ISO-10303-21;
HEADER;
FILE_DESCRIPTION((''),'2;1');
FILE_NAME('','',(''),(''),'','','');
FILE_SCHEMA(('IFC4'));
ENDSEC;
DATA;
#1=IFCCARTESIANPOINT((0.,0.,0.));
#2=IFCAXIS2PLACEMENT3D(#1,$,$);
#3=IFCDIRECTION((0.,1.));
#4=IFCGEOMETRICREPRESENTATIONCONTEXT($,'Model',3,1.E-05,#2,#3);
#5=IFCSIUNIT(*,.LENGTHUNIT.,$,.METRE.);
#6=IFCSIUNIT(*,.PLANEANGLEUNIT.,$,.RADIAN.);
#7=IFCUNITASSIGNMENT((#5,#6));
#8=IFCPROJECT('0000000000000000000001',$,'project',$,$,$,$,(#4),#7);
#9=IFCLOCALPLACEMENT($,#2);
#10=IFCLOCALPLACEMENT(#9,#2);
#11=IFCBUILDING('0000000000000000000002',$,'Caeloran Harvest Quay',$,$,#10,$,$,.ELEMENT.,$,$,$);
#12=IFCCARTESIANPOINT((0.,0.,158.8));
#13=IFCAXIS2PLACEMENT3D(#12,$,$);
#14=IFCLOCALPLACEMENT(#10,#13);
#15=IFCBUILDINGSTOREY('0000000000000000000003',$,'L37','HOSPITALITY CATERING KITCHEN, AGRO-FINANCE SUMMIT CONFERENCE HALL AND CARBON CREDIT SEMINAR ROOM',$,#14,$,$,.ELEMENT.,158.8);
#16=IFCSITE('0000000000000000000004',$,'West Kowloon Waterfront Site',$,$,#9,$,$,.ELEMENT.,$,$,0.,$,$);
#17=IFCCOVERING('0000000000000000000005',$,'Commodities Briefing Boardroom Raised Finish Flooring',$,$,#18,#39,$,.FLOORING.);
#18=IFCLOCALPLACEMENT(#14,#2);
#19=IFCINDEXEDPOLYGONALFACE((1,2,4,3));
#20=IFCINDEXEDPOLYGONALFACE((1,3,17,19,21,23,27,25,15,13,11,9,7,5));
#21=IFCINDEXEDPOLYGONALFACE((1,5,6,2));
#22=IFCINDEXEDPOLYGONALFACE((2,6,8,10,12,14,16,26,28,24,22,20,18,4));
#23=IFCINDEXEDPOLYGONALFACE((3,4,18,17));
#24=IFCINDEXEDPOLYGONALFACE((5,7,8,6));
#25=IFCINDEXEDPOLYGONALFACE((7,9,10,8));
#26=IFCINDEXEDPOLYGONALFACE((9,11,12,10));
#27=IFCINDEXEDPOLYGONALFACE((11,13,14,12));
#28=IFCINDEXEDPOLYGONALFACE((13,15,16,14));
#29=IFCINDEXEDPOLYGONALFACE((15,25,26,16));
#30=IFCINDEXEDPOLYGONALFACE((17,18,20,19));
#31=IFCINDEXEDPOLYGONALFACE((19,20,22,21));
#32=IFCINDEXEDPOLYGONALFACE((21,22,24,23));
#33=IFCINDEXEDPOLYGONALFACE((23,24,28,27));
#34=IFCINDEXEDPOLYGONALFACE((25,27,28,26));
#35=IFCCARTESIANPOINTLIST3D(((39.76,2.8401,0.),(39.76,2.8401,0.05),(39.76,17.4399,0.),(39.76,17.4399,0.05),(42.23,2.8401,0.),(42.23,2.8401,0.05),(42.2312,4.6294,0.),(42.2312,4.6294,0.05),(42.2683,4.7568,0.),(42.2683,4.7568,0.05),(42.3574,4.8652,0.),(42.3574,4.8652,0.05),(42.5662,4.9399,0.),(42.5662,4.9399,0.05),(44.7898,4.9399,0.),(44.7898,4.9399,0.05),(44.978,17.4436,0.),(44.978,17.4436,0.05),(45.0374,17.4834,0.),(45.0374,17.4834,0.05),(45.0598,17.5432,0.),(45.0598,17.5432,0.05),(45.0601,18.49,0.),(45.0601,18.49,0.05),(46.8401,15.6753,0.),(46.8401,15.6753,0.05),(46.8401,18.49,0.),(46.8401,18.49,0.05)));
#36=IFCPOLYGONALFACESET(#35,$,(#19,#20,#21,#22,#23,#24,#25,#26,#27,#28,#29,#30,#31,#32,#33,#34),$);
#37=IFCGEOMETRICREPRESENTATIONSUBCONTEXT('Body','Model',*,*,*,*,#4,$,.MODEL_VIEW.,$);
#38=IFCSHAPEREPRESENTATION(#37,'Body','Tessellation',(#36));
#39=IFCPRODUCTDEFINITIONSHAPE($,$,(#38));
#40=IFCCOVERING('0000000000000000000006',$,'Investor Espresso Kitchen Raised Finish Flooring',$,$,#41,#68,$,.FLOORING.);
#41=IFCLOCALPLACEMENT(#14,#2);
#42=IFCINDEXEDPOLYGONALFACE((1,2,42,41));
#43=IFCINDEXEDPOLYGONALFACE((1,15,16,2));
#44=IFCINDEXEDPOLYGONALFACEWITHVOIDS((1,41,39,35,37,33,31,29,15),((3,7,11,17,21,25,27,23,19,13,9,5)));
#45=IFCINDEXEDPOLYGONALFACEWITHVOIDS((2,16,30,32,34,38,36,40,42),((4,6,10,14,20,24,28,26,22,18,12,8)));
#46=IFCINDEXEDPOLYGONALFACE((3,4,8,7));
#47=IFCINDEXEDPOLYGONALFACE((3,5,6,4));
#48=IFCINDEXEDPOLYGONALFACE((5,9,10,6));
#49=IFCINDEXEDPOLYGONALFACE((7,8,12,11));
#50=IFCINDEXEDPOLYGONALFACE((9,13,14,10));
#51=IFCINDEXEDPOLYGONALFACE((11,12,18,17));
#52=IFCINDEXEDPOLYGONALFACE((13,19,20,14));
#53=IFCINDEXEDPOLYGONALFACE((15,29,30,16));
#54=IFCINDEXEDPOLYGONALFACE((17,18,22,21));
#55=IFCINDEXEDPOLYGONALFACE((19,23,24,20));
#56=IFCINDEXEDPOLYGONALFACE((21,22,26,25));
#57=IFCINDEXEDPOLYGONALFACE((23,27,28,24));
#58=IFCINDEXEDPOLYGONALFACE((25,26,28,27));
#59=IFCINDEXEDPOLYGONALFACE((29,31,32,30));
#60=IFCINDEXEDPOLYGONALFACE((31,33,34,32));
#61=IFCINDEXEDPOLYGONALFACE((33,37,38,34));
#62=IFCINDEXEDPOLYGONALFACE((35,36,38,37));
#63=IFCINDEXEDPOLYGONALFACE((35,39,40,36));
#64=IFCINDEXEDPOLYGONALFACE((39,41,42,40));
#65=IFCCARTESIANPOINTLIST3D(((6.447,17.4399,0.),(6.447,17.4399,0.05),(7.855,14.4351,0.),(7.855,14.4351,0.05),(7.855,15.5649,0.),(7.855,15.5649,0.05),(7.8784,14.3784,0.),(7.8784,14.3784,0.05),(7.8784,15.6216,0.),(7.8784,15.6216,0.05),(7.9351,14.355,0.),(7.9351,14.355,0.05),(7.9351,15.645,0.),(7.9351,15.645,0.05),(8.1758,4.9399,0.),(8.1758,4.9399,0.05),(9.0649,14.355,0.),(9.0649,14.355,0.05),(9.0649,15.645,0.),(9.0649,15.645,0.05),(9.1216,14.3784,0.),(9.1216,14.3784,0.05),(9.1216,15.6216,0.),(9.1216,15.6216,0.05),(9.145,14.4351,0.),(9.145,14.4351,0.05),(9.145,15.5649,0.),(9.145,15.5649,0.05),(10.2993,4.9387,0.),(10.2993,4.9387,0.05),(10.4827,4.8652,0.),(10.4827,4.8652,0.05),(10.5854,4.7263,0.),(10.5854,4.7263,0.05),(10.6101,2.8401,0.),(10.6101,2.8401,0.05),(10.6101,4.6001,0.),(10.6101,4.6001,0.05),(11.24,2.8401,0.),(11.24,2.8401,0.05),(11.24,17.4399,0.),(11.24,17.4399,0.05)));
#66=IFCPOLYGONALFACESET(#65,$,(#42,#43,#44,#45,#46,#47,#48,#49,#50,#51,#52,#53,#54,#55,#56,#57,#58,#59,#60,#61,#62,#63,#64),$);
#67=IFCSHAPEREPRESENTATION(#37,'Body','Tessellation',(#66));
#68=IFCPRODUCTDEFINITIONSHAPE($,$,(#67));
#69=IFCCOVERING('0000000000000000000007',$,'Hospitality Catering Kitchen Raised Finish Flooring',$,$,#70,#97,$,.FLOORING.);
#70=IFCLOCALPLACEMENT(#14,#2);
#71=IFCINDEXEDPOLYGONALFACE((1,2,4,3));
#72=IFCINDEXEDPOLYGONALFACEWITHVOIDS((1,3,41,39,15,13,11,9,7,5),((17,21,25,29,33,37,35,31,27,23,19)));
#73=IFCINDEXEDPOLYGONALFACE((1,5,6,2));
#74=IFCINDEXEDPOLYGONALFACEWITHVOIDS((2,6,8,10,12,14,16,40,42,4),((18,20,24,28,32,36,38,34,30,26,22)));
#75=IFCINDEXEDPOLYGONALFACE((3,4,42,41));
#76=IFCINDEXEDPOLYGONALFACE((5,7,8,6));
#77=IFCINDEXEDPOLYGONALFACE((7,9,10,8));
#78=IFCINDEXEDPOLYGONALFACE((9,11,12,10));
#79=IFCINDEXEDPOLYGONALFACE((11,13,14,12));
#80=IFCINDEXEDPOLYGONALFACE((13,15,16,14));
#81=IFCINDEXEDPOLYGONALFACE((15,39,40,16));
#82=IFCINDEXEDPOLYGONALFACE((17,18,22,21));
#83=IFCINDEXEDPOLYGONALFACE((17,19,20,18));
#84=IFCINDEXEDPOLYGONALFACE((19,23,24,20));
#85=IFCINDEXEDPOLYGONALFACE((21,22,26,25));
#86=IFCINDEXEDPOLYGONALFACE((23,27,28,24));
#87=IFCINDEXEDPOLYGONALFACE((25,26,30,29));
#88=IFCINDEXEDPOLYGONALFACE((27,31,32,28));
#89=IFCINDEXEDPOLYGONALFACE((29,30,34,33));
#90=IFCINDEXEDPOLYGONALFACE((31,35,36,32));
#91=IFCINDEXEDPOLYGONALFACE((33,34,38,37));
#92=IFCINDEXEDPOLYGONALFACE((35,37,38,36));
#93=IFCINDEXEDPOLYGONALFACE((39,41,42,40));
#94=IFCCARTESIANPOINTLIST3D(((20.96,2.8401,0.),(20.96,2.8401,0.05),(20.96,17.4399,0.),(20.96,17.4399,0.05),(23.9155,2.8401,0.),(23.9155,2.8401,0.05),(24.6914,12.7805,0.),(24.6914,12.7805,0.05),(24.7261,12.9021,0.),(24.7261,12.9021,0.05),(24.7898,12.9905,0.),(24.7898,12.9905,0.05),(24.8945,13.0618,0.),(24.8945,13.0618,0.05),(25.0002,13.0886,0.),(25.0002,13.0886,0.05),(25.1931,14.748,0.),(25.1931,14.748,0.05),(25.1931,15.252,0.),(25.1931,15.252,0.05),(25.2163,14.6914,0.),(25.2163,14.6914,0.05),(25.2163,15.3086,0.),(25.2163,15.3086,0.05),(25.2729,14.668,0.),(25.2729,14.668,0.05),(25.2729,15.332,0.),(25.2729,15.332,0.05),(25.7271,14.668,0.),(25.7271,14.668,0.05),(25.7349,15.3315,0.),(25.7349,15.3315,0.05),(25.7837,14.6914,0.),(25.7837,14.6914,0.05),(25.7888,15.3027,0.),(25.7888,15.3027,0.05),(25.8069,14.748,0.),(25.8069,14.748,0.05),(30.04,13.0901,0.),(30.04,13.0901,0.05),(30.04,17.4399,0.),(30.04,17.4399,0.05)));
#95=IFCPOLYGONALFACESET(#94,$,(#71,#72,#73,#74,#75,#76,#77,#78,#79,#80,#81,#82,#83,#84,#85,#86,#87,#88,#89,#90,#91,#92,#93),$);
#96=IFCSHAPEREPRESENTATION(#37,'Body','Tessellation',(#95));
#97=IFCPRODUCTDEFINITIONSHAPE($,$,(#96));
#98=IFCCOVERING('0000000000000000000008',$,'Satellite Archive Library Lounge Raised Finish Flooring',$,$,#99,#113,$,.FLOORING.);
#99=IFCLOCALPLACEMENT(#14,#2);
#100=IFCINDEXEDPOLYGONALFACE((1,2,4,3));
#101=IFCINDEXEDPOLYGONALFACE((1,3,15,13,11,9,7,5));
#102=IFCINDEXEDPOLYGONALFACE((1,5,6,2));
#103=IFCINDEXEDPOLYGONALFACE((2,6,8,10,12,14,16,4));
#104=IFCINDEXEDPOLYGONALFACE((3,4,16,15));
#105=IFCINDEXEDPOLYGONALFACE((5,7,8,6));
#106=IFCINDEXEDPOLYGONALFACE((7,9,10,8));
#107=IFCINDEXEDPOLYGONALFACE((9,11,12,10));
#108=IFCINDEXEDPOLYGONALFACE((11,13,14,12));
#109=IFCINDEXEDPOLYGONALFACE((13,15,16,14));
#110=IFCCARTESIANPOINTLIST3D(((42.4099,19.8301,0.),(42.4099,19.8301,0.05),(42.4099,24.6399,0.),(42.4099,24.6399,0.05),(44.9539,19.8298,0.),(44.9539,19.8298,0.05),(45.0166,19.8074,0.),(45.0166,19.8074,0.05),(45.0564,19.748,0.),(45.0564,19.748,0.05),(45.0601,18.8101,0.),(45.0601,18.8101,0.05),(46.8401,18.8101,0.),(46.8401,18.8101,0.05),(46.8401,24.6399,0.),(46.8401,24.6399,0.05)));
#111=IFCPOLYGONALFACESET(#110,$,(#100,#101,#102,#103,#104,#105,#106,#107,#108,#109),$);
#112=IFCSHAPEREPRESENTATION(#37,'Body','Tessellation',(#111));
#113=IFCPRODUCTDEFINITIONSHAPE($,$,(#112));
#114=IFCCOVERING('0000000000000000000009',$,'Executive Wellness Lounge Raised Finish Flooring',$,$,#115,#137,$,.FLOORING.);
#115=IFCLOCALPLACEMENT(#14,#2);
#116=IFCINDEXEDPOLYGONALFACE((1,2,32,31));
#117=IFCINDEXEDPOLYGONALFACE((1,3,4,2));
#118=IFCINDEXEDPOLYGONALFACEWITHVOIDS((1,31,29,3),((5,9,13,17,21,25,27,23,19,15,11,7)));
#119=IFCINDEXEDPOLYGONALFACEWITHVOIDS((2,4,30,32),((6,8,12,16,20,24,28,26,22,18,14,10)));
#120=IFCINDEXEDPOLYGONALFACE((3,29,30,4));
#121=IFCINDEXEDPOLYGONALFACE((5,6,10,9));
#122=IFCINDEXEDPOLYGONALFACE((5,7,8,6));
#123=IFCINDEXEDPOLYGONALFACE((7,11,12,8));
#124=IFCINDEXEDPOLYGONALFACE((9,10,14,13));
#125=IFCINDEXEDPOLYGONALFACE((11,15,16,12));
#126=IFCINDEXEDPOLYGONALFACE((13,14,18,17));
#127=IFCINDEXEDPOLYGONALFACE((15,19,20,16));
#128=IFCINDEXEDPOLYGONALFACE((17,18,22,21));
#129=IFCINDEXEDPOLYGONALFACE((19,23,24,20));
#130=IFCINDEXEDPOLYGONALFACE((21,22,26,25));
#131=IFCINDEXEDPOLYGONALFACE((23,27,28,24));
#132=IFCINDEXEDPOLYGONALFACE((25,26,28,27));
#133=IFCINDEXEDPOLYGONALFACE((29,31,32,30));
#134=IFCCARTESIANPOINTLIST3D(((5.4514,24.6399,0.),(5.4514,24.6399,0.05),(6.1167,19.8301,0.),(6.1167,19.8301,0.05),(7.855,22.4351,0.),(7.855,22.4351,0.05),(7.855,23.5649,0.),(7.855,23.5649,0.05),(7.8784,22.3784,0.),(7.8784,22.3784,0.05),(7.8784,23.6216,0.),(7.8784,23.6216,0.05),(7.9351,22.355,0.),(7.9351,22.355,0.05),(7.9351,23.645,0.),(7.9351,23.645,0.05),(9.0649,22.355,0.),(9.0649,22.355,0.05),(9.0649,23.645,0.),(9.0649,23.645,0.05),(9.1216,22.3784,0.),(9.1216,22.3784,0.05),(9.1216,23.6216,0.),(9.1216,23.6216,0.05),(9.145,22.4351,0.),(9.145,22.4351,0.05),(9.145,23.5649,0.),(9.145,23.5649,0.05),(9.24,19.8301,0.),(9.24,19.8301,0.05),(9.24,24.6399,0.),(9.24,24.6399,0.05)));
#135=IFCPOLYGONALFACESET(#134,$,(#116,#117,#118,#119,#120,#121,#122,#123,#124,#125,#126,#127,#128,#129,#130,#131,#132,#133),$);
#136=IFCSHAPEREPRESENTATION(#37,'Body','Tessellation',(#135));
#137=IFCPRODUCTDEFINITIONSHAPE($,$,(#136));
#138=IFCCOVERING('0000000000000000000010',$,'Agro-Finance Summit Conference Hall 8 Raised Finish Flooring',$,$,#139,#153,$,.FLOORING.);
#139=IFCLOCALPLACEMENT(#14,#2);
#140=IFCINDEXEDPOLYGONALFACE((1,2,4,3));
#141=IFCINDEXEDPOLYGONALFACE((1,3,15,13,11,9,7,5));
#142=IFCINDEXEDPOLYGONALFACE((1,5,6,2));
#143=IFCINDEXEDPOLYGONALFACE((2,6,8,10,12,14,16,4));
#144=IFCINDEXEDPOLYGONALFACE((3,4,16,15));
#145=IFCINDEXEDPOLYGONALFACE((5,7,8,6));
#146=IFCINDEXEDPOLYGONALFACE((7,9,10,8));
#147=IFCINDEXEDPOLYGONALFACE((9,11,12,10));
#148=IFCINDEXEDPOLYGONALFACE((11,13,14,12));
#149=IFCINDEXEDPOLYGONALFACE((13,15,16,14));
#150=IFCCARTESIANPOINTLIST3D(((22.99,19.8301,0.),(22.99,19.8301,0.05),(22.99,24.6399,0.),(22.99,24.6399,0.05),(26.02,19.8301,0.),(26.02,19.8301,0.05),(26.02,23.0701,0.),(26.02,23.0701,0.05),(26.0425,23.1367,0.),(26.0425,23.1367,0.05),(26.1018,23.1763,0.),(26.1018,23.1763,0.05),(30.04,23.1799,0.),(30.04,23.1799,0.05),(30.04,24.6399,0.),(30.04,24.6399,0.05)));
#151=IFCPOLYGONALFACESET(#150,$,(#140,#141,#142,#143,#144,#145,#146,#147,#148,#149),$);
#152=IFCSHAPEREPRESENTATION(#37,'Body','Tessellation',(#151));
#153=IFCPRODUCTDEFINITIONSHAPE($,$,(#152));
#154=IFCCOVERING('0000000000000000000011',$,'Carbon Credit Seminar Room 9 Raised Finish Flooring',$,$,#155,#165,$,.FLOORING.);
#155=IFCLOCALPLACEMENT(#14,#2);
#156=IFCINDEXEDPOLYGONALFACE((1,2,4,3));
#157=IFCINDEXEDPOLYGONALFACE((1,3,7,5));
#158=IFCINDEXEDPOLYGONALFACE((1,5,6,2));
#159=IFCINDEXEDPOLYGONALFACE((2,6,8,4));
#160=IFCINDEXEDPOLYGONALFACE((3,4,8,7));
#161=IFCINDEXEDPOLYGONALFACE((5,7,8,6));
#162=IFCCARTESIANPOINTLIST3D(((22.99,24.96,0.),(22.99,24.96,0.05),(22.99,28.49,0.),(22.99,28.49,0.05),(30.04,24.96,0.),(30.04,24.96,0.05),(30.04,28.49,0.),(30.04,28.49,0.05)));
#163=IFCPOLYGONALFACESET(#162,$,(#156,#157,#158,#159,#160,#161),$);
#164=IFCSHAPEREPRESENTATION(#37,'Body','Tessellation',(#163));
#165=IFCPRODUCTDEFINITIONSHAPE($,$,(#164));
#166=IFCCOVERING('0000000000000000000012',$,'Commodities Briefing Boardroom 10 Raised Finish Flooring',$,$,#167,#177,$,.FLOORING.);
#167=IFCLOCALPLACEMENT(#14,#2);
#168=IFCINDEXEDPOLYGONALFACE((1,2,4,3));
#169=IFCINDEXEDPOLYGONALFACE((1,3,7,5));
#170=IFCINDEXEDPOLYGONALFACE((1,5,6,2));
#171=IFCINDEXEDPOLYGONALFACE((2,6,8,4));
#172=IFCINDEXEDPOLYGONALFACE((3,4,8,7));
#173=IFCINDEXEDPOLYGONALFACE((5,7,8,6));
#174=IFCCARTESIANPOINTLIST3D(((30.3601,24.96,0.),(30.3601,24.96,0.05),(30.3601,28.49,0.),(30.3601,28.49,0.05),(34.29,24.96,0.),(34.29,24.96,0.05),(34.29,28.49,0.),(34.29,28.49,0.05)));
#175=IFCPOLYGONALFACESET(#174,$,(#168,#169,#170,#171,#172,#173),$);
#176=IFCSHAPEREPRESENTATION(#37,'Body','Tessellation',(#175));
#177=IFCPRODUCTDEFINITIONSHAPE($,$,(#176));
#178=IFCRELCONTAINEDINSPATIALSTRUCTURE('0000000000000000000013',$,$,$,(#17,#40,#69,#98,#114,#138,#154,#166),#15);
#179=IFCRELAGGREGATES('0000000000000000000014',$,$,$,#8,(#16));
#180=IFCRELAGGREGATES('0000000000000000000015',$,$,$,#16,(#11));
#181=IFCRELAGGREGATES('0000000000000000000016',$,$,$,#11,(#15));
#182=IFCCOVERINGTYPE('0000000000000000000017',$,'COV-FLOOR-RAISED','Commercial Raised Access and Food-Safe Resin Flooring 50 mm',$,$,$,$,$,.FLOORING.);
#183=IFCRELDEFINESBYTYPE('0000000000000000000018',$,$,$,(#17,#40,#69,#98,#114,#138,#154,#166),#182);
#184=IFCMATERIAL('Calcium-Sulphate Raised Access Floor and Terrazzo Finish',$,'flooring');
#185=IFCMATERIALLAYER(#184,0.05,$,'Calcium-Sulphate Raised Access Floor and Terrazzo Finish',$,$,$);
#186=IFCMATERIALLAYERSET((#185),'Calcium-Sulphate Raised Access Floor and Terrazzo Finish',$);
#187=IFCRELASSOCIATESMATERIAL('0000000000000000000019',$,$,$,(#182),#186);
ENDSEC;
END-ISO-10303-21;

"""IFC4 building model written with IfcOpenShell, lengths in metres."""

from ifc_helpers import new_model, si_unit, direction, frame, origin, place, context, subcontext, project, spatial, polyline, outline, extrude, material, layer, layer_set, type_object, element, save


model = new_model("IFC4")

# Units and contexts
model_context = context("Model", 3, precision=1e-05, world=origin(), true_north=direction((0.0, 1.0)))
body_context = subcontext(model_context, "Body", "Model", "MODEL_VIEW")
ifc_project = project(units=[si_unit("LENGTHUNIT", "METRE"), si_unit("PLANEANGLEUNIT", "RADIAN")], contexts=[model_context])

# Site, building, storey
site_placement = place(None, origin())
site = spatial("IfcSite", under=ifc_project, at=site_placement, Name="West Kowloon Waterfront Site", CompositionType="ELEMENT", RefElevation=0.0)
building_placement = place(site_placement, origin())
building = spatial("IfcBuilding", under=site, at=building_placement, Name="Caeloran Harvest Quay", CompositionType="ELEMENT")
storey_placement = place(building_placement, frame((0.0, 0.0, 158.8)))
storey = spatial("IfcBuildingStorey", under=building, at=storey_placement, Name="L37", Description="HOSPITALITY CATERING KITCHEN, AGRO-FINANCE SUMMIT CONFERENCE HALL AND CARBON CREDIT SEMINAR ROOM", CompositionType="ELEMENT", Elevation=158.8)

# Coverings
ifc_material_1 = material(Name="Calcium-Sulphate Raised Access Floor and Terrazzo Finish", Category="flooring")
ifc_layer_1 = layer(ifc_material_1, 0.05, Name="Calcium-Sulphate Raised Access Floor and Terrazzo Finish")
ifc_layer_set_1 = layer_set([ifc_layer_1], Name="Calcium-Sulphate Raised Access Floor and Terrazzo Finish")
covering_type_1 = type_object("IfcCoveringType", Name="COV-FLOOR-RAISED", Description="Commercial Raised Access and Food-Safe Resin Flooring 50 mm", PredefinedType="FLOORING", material=ifc_layer_set_1)
covering_1_placement = place(storey_placement, origin())
element("IfcCovering", 1, at=covering_1_placement, inside=storey, type_object=covering_type_1, Name="Commodities Briefing Boardroom Raised Finish Flooring", PredefinedType="FLOORING", context=body_context, shape_type="SweptSolid", body=[
    extrude(outline(polyline([(44.978, 17.4436), (45.0374, 17.4834), (45.0598, 17.5432), (45.0601, 18.49), (46.8401, 18.49), (46.8401, 15.6753), (44.7898, 4.9399), (42.5662, 4.9399), (42.3574, 4.8652), (42.2683, 4.7568), (42.2312, 4.6294), (42.23, 2.8401), (39.76, 2.8401), (39.76, 17.4399), (44.978, 17.4436)])), origin(), (0.0, 0.0, 1.0), 0.05),
])
covering_2_placement = place(storey_placement, origin())
element("IfcCovering", 2, at=covering_2_placement, inside=storey, type_object=covering_type_1, Name="Investor Espresso Kitchen Raised Finish Flooring", PredefinedType="FLOORING", context=body_context, shape_type="SweptSolid", body=[
    extrude(outline(polyline([(10.5854, 4.7263), (10.4827, 4.8652), (10.2993, 4.9387), (8.1758, 4.9399), (6.447, 17.4399), (11.24, 17.4399), (11.24, 2.8401), (10.6101, 2.8401), (10.6101, 4.6001), (10.5854, 4.7263)]), holes=[polyline([(7.9351, 15.645), (7.8784, 15.6216), (7.855, 15.5649), (7.855, 14.4351), (7.8784, 14.3784), (7.9351, 14.355), (9.0649, 14.355), (9.1216, 14.3784), (9.145, 14.4351), (9.145, 15.5649), (9.1216, 15.6216), (9.0649, 15.645), (7.9351, 15.645)])]), origin(), (0.0, 0.0, 1.0), 0.05),
])
covering_3_placement = place(storey_placement, origin())
element("IfcCovering", 3, at=covering_3_placement, inside=storey, type_object=covering_type_1, Name="Hospitality Catering Kitchen Raised Finish Flooring", PredefinedType="FLOORING", context=body_context, shape_type="SweptSolid", body=[
    extrude(outline(polyline([(25.0002, 13.0886), (24.8945, 13.0618), (24.7898, 12.9905), (24.7261, 12.9021), (24.6914, 12.7805), (23.9155, 2.8401), (20.96, 2.8401), (20.96, 17.4399), (30.04, 17.4399), (30.04, 13.0901), (25.0002, 13.0886)]), holes=[polyline([(25.8069, 14.748), (25.7888, 15.3027), (25.7349, 15.3315), (25.2729, 15.332), (25.2163, 15.3086), (25.1931, 15.252), (25.1931, 14.748), (25.2163, 14.6914), (25.2729, 14.668), (25.7271, 14.668), (25.7837, 14.6914), (25.8069, 14.748)])]), origin(), (0.0, 0.0, 1.0), 0.05),
])
covering_4_placement = place(storey_placement, origin())
element("IfcCovering", 4, at=covering_4_placement, inside=storey, type_object=covering_type_1, Name="Satellite Archive Library Lounge Raised Finish Flooring", PredefinedType="FLOORING", context=body_context, shape_type="SweptSolid", body=[
    extrude(outline(polyline([(45.0564, 19.748), (45.0166, 19.8074), (44.9539, 19.8298), (42.4099, 19.8301), (42.4099, 24.6399), (46.8401, 24.6399), (46.8401, 18.8101), (45.0601, 18.8101), (45.0564, 19.748)])), origin(), (0.0, 0.0, 1.0), 0.05),
])
covering_5_placement = place(storey_placement, origin())
element("IfcCovering", 5, at=covering_5_placement, inside=storey, type_object=covering_type_1, Name="Executive Wellness Lounge Raised Finish Flooring", PredefinedType="FLOORING", context=body_context, shape_type="SweptSolid", body=[
    extrude(outline(polyline([(9.24, 24.6399), (9.24, 19.8301), (6.1167, 19.8301), (5.4514, 24.6399), (9.24, 24.6399)]), holes=[polyline([(9.145, 23.5649), (9.1216, 23.6216), (9.0649, 23.645), (7.9351, 23.645), (7.8784, 23.6216), (7.855, 23.5649), (7.855, 22.4351), (7.8784, 22.3784), (7.9351, 22.355), (9.0649, 22.355), (9.1216, 22.3784), (9.145, 22.4351), (9.145, 23.5649)])]), origin(), (0.0, 0.0, 1.0), 0.05),
])
covering_6_placement = place(storey_placement, origin())
element("IfcCovering", 6, at=covering_6_placement, inside=storey, type_object=covering_type_1, Name="Agro-Finance Summit Conference Hall 8 Raised Finish Flooring", PredefinedType="FLOORING", context=body_context, shape_type="SweptSolid", body=[
    extrude(outline(polyline([(26.1018, 23.1763), (26.0425, 23.1367), (26.02, 23.0701), (26.02, 19.8301), (22.99, 19.8301), (22.99, 24.6399), (30.04, 24.6399), (30.04, 23.1799), (26.1018, 23.1763)])), origin(), (0.0, 0.0, 1.0), 0.05),
])
covering_7_placement = place(storey_placement, origin())
element("IfcCovering", 7, at=covering_7_placement, inside=storey, type_object=covering_type_1, Name="Carbon Credit Seminar Room 9 Raised Finish Flooring", PredefinedType="FLOORING", context=body_context, shape_type="SweptSolid", body=[
    extrude(outline(polyline([(22.99, 28.49), (30.04, 28.49), (30.04, 24.96), (22.99, 24.96), (22.99, 28.49)])), origin(), (0.0, 0.0, 1.0), 0.05),
])
covering_8_placement = place(storey_placement, origin())
element("IfcCovering", 8, at=covering_8_placement, inside=storey, type_object=covering_type_1, Name="Commodities Briefing Boardroom 10 Raised Finish Flooring", PredefinedType="FLOORING", context=body_context, shape_type="SweptSolid", body=[
    extrude(outline(polyline([(30.3601, 28.49), (34.29, 28.49), (34.29, 24.96), (30.3601, 24.96), (30.3601, 28.49)])), origin(), (0.0, 0.0, 1.0), 0.05),
])

save(model, "model.ifc")
